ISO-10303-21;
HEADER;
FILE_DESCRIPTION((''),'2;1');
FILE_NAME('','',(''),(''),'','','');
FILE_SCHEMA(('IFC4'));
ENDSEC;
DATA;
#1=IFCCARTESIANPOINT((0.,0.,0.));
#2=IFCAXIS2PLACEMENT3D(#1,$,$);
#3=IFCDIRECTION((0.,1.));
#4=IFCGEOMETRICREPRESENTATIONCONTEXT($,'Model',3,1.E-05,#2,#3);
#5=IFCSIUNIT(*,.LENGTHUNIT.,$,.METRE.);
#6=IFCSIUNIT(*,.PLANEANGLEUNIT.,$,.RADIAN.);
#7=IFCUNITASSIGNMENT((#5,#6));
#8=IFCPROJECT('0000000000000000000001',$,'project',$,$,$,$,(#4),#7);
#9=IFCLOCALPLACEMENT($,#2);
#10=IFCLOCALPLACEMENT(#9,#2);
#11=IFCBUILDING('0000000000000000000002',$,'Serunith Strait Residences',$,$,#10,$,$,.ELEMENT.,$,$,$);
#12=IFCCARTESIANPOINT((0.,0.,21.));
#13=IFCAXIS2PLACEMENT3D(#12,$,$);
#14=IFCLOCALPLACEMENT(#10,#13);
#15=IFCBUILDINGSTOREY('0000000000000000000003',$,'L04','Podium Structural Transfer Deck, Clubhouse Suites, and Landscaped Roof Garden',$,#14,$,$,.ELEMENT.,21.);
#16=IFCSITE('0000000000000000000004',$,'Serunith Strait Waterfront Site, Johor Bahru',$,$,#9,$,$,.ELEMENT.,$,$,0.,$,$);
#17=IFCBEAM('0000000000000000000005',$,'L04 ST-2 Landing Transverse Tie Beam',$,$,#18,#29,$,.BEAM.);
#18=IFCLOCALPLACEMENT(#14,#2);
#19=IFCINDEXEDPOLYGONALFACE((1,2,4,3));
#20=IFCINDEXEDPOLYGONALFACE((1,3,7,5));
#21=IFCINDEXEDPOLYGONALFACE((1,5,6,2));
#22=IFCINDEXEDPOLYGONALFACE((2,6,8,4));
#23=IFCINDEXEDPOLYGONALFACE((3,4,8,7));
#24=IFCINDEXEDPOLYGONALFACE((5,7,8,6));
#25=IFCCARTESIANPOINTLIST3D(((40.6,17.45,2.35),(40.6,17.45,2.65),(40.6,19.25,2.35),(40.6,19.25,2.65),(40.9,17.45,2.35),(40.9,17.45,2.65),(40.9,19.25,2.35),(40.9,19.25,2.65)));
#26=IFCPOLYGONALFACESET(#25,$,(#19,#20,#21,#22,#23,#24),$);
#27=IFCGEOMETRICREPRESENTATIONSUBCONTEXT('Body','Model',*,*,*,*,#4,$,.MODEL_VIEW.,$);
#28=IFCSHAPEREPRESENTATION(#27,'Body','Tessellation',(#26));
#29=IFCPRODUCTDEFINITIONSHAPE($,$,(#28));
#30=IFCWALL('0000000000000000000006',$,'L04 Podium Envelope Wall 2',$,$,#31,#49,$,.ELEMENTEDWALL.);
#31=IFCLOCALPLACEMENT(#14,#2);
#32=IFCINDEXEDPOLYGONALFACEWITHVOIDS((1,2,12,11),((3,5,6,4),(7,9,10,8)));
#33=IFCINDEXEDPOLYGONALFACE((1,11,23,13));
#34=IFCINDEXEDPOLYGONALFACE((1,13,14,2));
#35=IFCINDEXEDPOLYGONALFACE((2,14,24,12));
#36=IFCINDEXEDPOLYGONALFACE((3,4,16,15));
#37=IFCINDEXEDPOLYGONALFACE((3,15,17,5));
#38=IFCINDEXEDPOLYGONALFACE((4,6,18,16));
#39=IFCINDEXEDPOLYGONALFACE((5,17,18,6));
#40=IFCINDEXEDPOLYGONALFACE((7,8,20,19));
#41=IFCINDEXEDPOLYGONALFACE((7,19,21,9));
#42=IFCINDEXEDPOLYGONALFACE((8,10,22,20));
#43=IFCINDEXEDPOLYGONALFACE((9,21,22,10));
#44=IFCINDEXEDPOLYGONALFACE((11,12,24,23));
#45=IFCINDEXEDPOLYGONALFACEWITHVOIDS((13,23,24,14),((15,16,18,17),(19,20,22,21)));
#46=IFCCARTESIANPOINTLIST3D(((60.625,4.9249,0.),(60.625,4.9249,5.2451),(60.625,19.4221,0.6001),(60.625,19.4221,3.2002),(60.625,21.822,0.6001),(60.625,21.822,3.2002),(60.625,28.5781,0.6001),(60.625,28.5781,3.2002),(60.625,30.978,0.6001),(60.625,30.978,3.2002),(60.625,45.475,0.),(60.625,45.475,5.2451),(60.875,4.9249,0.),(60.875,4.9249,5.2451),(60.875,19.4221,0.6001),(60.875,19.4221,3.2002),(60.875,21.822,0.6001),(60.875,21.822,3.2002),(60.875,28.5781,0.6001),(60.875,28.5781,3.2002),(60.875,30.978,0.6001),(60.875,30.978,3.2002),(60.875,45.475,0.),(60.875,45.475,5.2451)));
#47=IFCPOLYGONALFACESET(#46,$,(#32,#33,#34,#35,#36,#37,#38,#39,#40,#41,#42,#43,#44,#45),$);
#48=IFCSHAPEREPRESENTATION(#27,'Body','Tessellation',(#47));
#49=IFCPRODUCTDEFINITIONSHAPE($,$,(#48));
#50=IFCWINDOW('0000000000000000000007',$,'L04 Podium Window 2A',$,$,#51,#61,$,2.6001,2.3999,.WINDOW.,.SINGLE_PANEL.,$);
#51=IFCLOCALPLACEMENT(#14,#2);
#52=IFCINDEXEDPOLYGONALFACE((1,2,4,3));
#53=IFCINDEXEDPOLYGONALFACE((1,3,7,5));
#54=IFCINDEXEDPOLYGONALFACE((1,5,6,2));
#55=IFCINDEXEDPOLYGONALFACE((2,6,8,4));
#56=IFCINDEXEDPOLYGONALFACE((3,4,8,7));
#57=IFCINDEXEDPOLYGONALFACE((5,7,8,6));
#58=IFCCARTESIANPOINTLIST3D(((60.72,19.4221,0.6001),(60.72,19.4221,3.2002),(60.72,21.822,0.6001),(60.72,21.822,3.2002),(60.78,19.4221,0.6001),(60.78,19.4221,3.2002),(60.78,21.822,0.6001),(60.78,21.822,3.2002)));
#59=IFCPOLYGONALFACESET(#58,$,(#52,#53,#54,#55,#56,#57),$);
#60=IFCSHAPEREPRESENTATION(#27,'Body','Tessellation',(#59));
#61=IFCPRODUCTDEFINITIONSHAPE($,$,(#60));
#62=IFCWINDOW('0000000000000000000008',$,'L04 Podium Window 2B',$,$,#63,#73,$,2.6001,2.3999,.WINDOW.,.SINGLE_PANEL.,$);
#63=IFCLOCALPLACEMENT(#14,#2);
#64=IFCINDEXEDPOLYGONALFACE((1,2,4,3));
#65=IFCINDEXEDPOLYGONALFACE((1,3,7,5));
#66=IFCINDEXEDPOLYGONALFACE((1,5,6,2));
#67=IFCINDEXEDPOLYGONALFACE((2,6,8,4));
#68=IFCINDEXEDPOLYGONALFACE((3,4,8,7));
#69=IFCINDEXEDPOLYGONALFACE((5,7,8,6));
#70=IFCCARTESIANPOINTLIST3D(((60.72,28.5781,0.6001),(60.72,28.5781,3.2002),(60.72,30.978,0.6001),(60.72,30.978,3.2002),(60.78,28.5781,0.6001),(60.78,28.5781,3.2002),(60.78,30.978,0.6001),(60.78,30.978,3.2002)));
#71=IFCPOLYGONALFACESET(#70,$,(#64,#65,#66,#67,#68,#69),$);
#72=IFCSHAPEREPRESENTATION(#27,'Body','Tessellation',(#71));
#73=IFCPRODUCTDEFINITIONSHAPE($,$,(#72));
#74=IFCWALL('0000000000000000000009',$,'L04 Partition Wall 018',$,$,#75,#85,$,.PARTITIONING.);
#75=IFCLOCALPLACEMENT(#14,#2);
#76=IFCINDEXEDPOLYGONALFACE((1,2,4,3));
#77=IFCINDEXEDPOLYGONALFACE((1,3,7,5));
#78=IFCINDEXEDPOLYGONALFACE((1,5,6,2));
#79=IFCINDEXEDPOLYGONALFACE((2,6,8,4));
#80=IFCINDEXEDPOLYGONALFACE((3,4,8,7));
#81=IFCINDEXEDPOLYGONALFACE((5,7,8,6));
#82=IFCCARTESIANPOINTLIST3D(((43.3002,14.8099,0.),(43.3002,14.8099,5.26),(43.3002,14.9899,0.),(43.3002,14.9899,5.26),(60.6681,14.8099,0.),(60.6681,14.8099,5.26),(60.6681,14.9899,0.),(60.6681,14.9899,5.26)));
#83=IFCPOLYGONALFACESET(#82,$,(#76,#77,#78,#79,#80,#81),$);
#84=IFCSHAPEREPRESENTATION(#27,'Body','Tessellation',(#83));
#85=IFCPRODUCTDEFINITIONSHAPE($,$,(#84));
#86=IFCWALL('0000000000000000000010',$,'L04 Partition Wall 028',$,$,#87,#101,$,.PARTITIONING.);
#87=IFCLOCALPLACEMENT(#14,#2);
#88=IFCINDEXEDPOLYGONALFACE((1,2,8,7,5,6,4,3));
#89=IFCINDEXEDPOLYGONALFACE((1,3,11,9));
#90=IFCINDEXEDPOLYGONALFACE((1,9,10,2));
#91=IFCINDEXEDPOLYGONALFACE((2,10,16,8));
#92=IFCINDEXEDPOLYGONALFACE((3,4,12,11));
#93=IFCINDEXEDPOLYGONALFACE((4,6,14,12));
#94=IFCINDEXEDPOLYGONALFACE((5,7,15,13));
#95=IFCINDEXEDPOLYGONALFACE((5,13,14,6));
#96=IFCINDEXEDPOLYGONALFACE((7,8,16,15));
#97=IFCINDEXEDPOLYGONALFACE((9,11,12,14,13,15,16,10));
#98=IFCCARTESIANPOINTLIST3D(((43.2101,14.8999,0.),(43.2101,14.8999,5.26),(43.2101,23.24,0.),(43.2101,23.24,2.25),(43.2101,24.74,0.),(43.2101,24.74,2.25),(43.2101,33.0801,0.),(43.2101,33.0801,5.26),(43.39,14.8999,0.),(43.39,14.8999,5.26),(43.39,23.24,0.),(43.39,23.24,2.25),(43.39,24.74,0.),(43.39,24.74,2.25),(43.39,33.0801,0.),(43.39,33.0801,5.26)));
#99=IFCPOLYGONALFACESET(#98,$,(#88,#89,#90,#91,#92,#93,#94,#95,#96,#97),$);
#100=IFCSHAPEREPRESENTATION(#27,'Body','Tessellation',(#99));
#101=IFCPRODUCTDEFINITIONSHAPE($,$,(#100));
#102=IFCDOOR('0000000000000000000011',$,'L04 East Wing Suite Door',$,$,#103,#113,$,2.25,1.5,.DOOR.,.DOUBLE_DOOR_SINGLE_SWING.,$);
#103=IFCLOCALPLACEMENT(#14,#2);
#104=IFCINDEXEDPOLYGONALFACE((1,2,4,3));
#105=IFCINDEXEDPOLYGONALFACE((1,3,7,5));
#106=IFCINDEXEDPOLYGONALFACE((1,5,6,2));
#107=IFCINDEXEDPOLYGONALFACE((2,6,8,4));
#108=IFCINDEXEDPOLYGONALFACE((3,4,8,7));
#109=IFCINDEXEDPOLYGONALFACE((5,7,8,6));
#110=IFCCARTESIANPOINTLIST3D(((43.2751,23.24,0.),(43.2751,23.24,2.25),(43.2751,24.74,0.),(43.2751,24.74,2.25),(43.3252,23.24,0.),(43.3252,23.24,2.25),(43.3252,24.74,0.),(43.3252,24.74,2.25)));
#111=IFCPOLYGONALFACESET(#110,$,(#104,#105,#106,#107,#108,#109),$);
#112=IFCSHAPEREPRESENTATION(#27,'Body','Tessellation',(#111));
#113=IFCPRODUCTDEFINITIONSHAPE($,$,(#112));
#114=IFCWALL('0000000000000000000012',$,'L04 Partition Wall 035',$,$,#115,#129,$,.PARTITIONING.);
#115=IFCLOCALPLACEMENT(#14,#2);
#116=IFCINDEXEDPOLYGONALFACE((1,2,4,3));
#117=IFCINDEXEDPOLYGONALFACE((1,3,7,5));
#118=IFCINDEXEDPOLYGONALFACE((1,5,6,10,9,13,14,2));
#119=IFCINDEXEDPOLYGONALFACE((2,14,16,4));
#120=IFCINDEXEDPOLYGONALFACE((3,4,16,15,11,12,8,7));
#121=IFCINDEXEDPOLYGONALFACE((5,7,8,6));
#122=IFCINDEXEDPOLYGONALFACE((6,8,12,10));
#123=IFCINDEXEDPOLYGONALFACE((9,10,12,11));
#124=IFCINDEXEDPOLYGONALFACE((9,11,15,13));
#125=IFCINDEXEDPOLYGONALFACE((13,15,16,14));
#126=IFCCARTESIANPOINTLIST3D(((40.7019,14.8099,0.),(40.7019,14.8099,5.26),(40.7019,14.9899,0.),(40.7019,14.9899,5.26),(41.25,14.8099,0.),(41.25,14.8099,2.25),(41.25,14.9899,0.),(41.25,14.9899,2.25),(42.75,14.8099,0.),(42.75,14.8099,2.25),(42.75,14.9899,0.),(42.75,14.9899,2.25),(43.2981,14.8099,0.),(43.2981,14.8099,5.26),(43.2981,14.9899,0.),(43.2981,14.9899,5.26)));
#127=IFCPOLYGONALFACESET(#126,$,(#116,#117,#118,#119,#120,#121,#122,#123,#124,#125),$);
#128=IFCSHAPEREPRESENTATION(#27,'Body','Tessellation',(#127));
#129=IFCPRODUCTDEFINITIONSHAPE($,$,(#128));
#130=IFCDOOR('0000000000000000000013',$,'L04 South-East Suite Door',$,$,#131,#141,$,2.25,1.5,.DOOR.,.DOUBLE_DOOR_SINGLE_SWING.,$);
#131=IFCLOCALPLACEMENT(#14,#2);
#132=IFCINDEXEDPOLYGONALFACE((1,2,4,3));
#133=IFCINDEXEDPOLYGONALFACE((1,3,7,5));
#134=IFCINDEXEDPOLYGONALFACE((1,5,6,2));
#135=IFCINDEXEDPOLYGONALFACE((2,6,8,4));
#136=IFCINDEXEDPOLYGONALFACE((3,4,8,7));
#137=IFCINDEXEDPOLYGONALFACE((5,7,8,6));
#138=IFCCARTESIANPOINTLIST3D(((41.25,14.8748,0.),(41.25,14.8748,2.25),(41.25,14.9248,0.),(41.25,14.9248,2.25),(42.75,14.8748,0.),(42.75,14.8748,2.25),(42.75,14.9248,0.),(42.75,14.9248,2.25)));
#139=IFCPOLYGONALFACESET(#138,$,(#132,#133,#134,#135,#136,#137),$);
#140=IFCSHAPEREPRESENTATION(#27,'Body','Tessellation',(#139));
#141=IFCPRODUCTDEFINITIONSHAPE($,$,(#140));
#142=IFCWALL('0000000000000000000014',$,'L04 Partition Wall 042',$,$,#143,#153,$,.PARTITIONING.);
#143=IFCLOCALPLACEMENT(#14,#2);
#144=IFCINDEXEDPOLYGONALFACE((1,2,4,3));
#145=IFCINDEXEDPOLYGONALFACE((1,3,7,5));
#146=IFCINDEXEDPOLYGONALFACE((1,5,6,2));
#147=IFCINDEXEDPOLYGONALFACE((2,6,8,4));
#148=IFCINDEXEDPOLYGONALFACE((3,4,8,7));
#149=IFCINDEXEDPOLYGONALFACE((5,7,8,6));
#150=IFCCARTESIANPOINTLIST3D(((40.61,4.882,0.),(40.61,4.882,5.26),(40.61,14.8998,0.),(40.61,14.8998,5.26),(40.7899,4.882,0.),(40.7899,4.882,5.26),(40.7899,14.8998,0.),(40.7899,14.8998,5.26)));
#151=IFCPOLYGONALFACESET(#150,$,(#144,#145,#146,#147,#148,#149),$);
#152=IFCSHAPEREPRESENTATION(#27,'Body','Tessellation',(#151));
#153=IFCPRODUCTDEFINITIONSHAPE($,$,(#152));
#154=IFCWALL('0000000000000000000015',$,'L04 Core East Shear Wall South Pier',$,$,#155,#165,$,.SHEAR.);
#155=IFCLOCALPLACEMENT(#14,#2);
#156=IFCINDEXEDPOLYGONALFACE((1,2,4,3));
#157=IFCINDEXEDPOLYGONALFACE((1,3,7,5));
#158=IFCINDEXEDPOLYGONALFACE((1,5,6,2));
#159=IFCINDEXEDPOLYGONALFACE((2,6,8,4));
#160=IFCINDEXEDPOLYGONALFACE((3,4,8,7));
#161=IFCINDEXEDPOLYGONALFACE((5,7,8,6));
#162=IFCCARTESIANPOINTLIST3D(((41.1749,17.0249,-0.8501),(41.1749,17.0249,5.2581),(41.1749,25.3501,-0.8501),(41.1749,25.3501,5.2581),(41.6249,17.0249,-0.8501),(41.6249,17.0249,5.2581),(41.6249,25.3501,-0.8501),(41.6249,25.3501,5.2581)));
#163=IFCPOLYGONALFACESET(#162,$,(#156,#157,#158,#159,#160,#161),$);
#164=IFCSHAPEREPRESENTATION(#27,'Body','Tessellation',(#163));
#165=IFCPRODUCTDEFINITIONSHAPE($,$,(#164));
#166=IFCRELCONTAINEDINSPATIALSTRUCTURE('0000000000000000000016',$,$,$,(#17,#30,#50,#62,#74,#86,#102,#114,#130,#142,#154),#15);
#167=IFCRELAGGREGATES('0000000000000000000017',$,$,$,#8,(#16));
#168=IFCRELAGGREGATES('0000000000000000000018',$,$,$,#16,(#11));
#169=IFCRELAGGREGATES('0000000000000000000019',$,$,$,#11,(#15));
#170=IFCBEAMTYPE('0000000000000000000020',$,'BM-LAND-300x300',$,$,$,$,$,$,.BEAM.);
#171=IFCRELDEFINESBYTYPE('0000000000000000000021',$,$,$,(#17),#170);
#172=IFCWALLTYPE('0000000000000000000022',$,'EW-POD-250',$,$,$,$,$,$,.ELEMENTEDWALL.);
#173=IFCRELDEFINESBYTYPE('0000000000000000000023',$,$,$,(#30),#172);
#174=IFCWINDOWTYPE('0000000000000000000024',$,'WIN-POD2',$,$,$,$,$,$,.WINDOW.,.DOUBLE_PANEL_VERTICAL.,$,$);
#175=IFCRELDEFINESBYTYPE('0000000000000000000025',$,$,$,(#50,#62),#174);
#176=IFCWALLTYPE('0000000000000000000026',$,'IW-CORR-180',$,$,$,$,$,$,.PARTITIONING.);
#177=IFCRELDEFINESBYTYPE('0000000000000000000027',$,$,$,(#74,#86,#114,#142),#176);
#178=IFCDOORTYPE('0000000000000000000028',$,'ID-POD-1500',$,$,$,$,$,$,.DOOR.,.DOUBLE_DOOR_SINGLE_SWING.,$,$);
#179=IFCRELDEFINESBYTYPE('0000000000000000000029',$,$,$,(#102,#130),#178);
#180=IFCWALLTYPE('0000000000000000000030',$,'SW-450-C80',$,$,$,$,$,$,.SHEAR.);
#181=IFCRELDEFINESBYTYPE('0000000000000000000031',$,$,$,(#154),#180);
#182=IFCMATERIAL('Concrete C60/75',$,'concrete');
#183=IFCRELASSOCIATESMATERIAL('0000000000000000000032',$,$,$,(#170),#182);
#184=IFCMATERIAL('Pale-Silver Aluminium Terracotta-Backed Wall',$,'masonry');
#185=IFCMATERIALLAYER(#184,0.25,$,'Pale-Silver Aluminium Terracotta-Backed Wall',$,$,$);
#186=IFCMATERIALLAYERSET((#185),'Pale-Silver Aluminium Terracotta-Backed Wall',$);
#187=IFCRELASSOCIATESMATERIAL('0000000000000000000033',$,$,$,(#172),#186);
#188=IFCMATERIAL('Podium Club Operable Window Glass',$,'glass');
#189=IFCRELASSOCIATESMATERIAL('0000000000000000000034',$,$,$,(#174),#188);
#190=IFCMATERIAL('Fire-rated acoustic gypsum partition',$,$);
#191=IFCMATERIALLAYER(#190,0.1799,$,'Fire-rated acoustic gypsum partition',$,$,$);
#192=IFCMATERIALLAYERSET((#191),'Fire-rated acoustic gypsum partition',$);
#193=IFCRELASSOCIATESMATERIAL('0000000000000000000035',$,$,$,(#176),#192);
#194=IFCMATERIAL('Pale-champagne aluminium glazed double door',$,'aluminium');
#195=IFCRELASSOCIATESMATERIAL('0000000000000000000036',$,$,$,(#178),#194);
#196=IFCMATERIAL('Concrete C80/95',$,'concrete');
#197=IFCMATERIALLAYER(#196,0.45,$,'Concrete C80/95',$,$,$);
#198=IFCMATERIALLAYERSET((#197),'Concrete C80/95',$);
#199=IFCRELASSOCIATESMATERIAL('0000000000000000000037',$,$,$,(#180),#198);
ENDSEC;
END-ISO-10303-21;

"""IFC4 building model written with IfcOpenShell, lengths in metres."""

from ifc_helpers import new_model, si_unit, direction, frame, frame_2d, origin, origin_2d, place, context, subcontext, project, spatial, rectangle, extrude, source, transform, mapped, material, layer, layer_set, material_profile, profile_set, type_object, element, fill, save


model = new_model("IFC4")

# Units and contexts
model_context = context("Model", 3, precision=1e-05, world=origin(), true_north=direction((0.0, 1.0)))
body_context = subcontext(model_context, "Body", "Model", "MODEL_VIEW")
ifc_project = project(units=[si_unit("LENGTHUNIT", "METRE"), si_unit("PLANEANGLEUNIT", "RADIAN")], contexts=[model_context])

# Site, building, storey
site_placement = place(None, origin())
site = spatial("IfcSite", under=ifc_project, at=site_placement, Name="Serunith Strait Waterfront Site, Johor Bahru", CompositionType="ELEMENT", RefElevation=0.0)
building_placement = place(site_placement, origin())
building = spatial("IfcBuilding", under=site, at=building_placement, Name="Serunith Strait Residences", CompositionType="ELEMENT")
storey_placement = place(building_placement, frame((0.0, 0.0, 21.0)))
storey = spatial("IfcBuildingStorey", under=building, at=storey_placement, Name="L04", Description="Podium Structural Transfer Deck, Clubhouse Suites, and Landscaped Roof Garden", CompositionType="ELEMENT", Elevation=21.0)

# Beam
ifc_material_1 = material(Name="Concrete C80/95", Category="concrete")
ifc_material_2 = material(Name="Concrete C60/75", Category="concrete")
ifc_material_profile_1 = material_profile(ifc_material_2, rectangle(XDim=0.3, YDim=0.3, at=origin_2d()), Name="RC 300x300")
ifc_profile_set_1 = profile_set([ifc_material_profile_1], Name="Concrete C60/75")
beam_type_1 = type_object("IfcBeamType", Name="BM-LAND-300x300", PredefinedType="BEAM", material=ifc_profile_set_1)
shared_shape_1 = source(origin(), body_context, "Body", "SweptSolid", [
    extrude(rectangle(XDim=0.3, YDim=0.3, at=origin_2d()), origin(), (0.0, 0.0, 1.0), 1.8),
])
beam_1_placement = place(storey_placement, frame((40.75, 17.45, 2.5), z_axis=(0.0, 1.0, 0.0), x_axis=(-1.0, 0.0, 0.0)))
element("IfcBeam", 1, at=beam_1_placement, inside=storey, type_object=beam_type_1, Name="L04 ST-2 Landing Transverse Tie Beam", PredefinedType="BEAM", context=body_context, shape_type="MappedRepresentation", body=[
    mapped(shared_shape_1, transform((0.0, 0.0, 0.0), scale=1.0)),
])

# Wall, openings, windows
ifc_material_3 = material(Name="Pale-Silver Aluminium Terracotta-Backed Wall", Category="masonry")
ifc_layer_1 = layer(ifc_material_3, 0.25, Name="Pale-Silver Aluminium Terracotta-Backed Wall")
ifc_layer_set_1 = layer_set([ifc_layer_1], Name="Pale-Silver Aluminium Terracotta-Backed Wall")
wall_type_1 = type_object("IfcWallType", Name="EW-POD-250", PredefinedType="ELEMENTEDWALL", material=ifc_layer_set_1)
wall_1_placement = place(storey_placement, frame((60.75, 4.925, 0.0), z_axis=(0.0, 0.0, 1.0), x_axis=(0.0, 1.0, 0.0)))
wall_1 = element("IfcWall", 2, at=wall_1_placement, inside=storey, type_object=wall_type_1, Name="L04 Podium Envelope Wall 2", PredefinedType="ELEMENTEDWALL", context=body_context, shape_type="SweptSolid", body=[
    extrude(rectangle(XDim=40.55, YDim=0.25, at=frame_2d((20.2749, 0.0))), origin(), (0.0, 0.0, 1.0), 5.2451),
])
opening_1_placement = place(wall_1_placement, frame((14.4971, 0.0, 0.6001)))
opening_1 = element("IfcOpeningElement", 3, at=opening_1_placement, cuts=wall_1, PredefinedType="OPENING", context=body_context, shape_type="SweptSolid", body=[
    extrude(rectangle(XDim=2.3999, YDim=2.6001, at=frame_2d((1.2, 1.3))), frame((0.0, 0.135, 0.0), z_axis=(0.0, -1.0, 0.0), x_axis=(1.0, 0.0, 0.0)), (0.0, 0.0, 1.0), 0.27),
])
opening_2_placement = place(wall_1_placement, frame((23.6531, 0.0, 0.6001)))
opening_2 = element("IfcOpeningElement", 4, at=opening_2_placement, cuts=wall_1, PredefinedType="OPENING", context=body_context, shape_type="SweptSolid", body=[
    extrude(rectangle(XDim=2.3999, YDim=2.6001, at=frame_2d((1.2, 1.3))), frame((0.0, 0.135, 0.0), z_axis=(0.0, -1.0, 0.0), x_axis=(1.0, 0.0, 0.0)), (0.0, 0.0, 1.0), 0.27),
])
ifc_material_4 = material(Name="Podium Club Operable Window Glass", Category="glass")
window_type = type_object("IfcWindowType", Name="WIN-POD2", PartitioningType="DOUBLE_PANEL_VERTICAL", PredefinedType="WINDOW", material=ifc_material_4)
shared_shape_2 = source(origin(), body_context, "Body", "SweptSolid", [
    extrude(rectangle(XDim=2.3999, YDim=2.6001, at=frame_2d((1.2, 1.3))), frame((0.0, 0.03, 0.0), z_axis=(0.0, -1.0, 0.0), x_axis=(1.0, 0.0, 0.0)), (0.0, 0.0, 1.0), 0.0601),
])
window_1_placement = place(opening_1_placement, origin())
window_1 = element("IfcWindow", 5, at=window_1_placement, inside=storey, type_object=window_type, Name="L04 Podium Window 2A", OverallHeight=2.6001, OverallWidth=2.3999, PartitioningType="SINGLE_PANEL", PredefinedType="WINDOW", context=body_context, shape_type="MappedRepresentation", body=[
    mapped(shared_shape_2, transform((0.0, 0.0, 0.0), scale=1.0)),
])
fill(opening_1, window_1)
window_2_placement = place(opening_2_placement, origin())
window_2 = element("IfcWindow", 6, at=window_2_placement, inside=storey, type_object=window_type, Name="L04 Podium Window 2B", OverallHeight=2.6001, OverallWidth=2.3999, PartitioningType="SINGLE_PANEL", PredefinedType="WINDOW", context=body_context, shape_type="MappedRepresentation", body=[
    mapped(shared_shape_2, transform((0.0, 0.0, 0.0), scale=1.0)),
])
fill(opening_2, window_2)

# Wall
ifc_material_5 = material(Name="Fire-rated acoustic gypsum partition")
ifc_layer_2 = layer(ifc_material_5, 0.1799, Name="Fire-rated acoustic gypsum partition")
ifc_layer_set_2 = layer_set([ifc_layer_2], Name="Fire-rated acoustic gypsum partition")
wall_type_2 = type_object("IfcWallType", Name="IW-CORR-180", PredefinedType="PARTITIONING", material=ifc_layer_set_2)
wall_2_placement = place(storey_placement, frame((43.3, 14.8999, 0.0), z_axis=(0.0, 0.0, 1.0), x_axis=(1.0, 0.0, 0.0)))
element("IfcWall", 7, at=wall_2_placement, inside=storey, type_object=wall_type_2, Name="L04 Partition Wall 018", PredefinedType="PARTITIONING", context=body_context, shape_type="SweptSolid", body=[
    extrude(rectangle(XDim=17.3679, YDim=0.1799, at=frame_2d((8.6841, 0.0))), origin(), (0.0, 0.0, 1.0), 5.26),
])

# Walls, openings, doors
wall_3_placement = place(storey_placement, frame((43.3, 14.8999, 0.0), z_axis=(0.0, 0.0, 1.0), x_axis=(0.0, 1.0, 0.0)))
wall_3 = element("IfcWall", 8, at=wall_3_placement, inside=storey, type_object=wall_type_2, Name="L04 Partition Wall 028", PredefinedType="PARTITIONING", context=body_context, shape_type="SweptSolid", body=[
    extrude(rectangle(XDim=18.1802, YDim=0.1799, at=frame_2d((9.0901, 0.0))), origin(), (0.0, 0.0, 1.0), 5.26),
])
opening_3_placement = place(wall_3_placement, frame((8.3401, 0.0, 0.0)))
opening_3 = element("IfcOpeningElement", 9, at=opening_3_placement, cuts=wall_3, PredefinedType="OPENING", context=body_context, shape_type="SweptSolid", body=[
    extrude(rectangle(XDim=1.5, YDim=2.25, at=frame_2d((0.75, 1.125))), frame((0.0, 0.1001, 0.0), z_axis=(0.0, -1.0, 0.0), x_axis=(1.0, 0.0, 0.0)), (0.0, 0.0, 1.0), 0.2),
])
ifc_material_6 = material(Name="Pale-champagne aluminium glazed double door", Category="aluminium")
door_type = type_object("IfcDoorType", Name="ID-POD-1500", OperationType="DOUBLE_DOOR_SINGLE_SWING", PredefinedType="DOOR", material=ifc_material_6)
shared_shape_3 = source(origin(), body_context, "Body", "SweptSolid", [
    extrude(rectangle(XDim=1.5, YDim=2.25, at=frame_2d((0.75, 1.125))), frame((0.0, 0.0249, 0.0), z_axis=(0.0, -1.0, 0.0), x_axis=(1.0, 0.0, 0.0)), (0.0, 0.0, 1.0), 0.05),
])
door_1_placement = place(opening_3_placement, origin())
door_1 = element("IfcDoor", 10, at=door_1_placement, inside=storey, type_object=door_type, Name="L04 East Wing Suite Door", OperationType="DOUBLE_DOOR_SINGLE_SWING", OverallHeight=2.25, OverallWidth=1.5, PredefinedType="DOOR", context=body_context, shape_type="MappedRepresentation", body=[
    mapped(shared_shape_3, transform((0.0, 0.0, 0.0), scale=1.0)),
])
fill(opening_3, door_1)
wall_4_placement = place(storey_placement, frame((40.7019, 14.8999, 0.0), z_axis=(0.0, 0.0, 1.0), x_axis=(1.0, 0.0, 0.0)))
wall_4 = element("IfcWall", 11, at=wall_4_placement, inside=storey, type_object=wall_type_2, Name="L04 Partition Wall 035", PredefinedType="PARTITIONING", context=body_context, shape_type="SweptSolid", body=[
    extrude(rectangle(XDim=2.5962, YDim=0.1799, at=frame_2d((1.2981, 0.0))), origin(), (0.0, 0.0, 1.0), 5.26),
])
opening_4_placement = place(wall_4_placement, frame((0.5481, 0.0, 0.0)))
opening_4 = element("IfcOpeningElement", 12, at=opening_4_placement, cuts=wall_4, PredefinedType="OPENING", context=body_context, shape_type="SweptSolid", body=[
    extrude(rectangle(XDim=1.5, YDim=2.25, at=frame_2d((0.75, 1.125))), frame((0.0, 0.1001, 0.0), z_axis=(0.0, -1.0, 0.0), x_axis=(1.0, 0.0, 0.0)), (0.0, 0.0, 1.0), 0.2),
])
door_2_placement = place(opening_4_placement, origin())
door_2 = element("IfcDoor", 13, at=door_2_placement, inside=storey, type_object=door_type, Name="L04 South-East Suite Door", OperationType="DOUBLE_DOOR_SINGLE_SWING", OverallHeight=2.25, OverallWidth=1.5, PredefinedType="DOOR", context=body_context, shape_type="MappedRepresentation", body=[
    mapped(shared_shape_3, transform((0.0, 0.0, 0.0), scale=1.0)),
])
fill(opening_4, door_2)

# Walls
wall_5_placement = place(storey_placement, frame((40.7, 4.8821, 0.0), z_axis=(0.0, 0.0, 1.0), x_axis=(0.0, 1.0, 0.0)))
element("IfcWall", 14, at=wall_5_placement, inside=storey, type_object=wall_type_2, Name="L04 Partition Wall 042", PredefinedType="PARTITIONING", context=body_context, shape_type="SweptSolid", body=[
    extrude(rectangle(XDim=10.0178, YDim=0.1799, at=frame_2d((5.0088, 0.0))), origin(), (0.0, 0.0, 1.0), 5.26),
])
ifc_layer_3 = layer(ifc_material_1, 0.45, Name="Concrete C80/95")
ifc_layer_set_3 = layer_set([ifc_layer_3], Name="Concrete C80/95")
wall_type_3 = type_object("IfcWallType", Name="SW-450-C80", PredefinedType="SHEAR", material=ifc_layer_set_3)
wall_6_placement = place(storey_placement, frame((41.3999, 17.0249, -0.8501), z_axis=(0.0, 0.0, 1.0), x_axis=(0.0, 1.0, 0.0)))
element("IfcWall", 15, at=wall_6_placement, inside=storey, type_object=wall_type_3, Name="L04 Core East Shear Wall South Pier", PredefinedType="SHEAR", context=body_context, shape_type="SweptSolid", body=[
    extrude(rectangle(XDim=8.3252, YDim=0.45, at=frame_2d((4.1626, 0.0))), origin(), (0.0, 0.0, 1.0), 6.1082),
])

save(model, "model.ifc")
